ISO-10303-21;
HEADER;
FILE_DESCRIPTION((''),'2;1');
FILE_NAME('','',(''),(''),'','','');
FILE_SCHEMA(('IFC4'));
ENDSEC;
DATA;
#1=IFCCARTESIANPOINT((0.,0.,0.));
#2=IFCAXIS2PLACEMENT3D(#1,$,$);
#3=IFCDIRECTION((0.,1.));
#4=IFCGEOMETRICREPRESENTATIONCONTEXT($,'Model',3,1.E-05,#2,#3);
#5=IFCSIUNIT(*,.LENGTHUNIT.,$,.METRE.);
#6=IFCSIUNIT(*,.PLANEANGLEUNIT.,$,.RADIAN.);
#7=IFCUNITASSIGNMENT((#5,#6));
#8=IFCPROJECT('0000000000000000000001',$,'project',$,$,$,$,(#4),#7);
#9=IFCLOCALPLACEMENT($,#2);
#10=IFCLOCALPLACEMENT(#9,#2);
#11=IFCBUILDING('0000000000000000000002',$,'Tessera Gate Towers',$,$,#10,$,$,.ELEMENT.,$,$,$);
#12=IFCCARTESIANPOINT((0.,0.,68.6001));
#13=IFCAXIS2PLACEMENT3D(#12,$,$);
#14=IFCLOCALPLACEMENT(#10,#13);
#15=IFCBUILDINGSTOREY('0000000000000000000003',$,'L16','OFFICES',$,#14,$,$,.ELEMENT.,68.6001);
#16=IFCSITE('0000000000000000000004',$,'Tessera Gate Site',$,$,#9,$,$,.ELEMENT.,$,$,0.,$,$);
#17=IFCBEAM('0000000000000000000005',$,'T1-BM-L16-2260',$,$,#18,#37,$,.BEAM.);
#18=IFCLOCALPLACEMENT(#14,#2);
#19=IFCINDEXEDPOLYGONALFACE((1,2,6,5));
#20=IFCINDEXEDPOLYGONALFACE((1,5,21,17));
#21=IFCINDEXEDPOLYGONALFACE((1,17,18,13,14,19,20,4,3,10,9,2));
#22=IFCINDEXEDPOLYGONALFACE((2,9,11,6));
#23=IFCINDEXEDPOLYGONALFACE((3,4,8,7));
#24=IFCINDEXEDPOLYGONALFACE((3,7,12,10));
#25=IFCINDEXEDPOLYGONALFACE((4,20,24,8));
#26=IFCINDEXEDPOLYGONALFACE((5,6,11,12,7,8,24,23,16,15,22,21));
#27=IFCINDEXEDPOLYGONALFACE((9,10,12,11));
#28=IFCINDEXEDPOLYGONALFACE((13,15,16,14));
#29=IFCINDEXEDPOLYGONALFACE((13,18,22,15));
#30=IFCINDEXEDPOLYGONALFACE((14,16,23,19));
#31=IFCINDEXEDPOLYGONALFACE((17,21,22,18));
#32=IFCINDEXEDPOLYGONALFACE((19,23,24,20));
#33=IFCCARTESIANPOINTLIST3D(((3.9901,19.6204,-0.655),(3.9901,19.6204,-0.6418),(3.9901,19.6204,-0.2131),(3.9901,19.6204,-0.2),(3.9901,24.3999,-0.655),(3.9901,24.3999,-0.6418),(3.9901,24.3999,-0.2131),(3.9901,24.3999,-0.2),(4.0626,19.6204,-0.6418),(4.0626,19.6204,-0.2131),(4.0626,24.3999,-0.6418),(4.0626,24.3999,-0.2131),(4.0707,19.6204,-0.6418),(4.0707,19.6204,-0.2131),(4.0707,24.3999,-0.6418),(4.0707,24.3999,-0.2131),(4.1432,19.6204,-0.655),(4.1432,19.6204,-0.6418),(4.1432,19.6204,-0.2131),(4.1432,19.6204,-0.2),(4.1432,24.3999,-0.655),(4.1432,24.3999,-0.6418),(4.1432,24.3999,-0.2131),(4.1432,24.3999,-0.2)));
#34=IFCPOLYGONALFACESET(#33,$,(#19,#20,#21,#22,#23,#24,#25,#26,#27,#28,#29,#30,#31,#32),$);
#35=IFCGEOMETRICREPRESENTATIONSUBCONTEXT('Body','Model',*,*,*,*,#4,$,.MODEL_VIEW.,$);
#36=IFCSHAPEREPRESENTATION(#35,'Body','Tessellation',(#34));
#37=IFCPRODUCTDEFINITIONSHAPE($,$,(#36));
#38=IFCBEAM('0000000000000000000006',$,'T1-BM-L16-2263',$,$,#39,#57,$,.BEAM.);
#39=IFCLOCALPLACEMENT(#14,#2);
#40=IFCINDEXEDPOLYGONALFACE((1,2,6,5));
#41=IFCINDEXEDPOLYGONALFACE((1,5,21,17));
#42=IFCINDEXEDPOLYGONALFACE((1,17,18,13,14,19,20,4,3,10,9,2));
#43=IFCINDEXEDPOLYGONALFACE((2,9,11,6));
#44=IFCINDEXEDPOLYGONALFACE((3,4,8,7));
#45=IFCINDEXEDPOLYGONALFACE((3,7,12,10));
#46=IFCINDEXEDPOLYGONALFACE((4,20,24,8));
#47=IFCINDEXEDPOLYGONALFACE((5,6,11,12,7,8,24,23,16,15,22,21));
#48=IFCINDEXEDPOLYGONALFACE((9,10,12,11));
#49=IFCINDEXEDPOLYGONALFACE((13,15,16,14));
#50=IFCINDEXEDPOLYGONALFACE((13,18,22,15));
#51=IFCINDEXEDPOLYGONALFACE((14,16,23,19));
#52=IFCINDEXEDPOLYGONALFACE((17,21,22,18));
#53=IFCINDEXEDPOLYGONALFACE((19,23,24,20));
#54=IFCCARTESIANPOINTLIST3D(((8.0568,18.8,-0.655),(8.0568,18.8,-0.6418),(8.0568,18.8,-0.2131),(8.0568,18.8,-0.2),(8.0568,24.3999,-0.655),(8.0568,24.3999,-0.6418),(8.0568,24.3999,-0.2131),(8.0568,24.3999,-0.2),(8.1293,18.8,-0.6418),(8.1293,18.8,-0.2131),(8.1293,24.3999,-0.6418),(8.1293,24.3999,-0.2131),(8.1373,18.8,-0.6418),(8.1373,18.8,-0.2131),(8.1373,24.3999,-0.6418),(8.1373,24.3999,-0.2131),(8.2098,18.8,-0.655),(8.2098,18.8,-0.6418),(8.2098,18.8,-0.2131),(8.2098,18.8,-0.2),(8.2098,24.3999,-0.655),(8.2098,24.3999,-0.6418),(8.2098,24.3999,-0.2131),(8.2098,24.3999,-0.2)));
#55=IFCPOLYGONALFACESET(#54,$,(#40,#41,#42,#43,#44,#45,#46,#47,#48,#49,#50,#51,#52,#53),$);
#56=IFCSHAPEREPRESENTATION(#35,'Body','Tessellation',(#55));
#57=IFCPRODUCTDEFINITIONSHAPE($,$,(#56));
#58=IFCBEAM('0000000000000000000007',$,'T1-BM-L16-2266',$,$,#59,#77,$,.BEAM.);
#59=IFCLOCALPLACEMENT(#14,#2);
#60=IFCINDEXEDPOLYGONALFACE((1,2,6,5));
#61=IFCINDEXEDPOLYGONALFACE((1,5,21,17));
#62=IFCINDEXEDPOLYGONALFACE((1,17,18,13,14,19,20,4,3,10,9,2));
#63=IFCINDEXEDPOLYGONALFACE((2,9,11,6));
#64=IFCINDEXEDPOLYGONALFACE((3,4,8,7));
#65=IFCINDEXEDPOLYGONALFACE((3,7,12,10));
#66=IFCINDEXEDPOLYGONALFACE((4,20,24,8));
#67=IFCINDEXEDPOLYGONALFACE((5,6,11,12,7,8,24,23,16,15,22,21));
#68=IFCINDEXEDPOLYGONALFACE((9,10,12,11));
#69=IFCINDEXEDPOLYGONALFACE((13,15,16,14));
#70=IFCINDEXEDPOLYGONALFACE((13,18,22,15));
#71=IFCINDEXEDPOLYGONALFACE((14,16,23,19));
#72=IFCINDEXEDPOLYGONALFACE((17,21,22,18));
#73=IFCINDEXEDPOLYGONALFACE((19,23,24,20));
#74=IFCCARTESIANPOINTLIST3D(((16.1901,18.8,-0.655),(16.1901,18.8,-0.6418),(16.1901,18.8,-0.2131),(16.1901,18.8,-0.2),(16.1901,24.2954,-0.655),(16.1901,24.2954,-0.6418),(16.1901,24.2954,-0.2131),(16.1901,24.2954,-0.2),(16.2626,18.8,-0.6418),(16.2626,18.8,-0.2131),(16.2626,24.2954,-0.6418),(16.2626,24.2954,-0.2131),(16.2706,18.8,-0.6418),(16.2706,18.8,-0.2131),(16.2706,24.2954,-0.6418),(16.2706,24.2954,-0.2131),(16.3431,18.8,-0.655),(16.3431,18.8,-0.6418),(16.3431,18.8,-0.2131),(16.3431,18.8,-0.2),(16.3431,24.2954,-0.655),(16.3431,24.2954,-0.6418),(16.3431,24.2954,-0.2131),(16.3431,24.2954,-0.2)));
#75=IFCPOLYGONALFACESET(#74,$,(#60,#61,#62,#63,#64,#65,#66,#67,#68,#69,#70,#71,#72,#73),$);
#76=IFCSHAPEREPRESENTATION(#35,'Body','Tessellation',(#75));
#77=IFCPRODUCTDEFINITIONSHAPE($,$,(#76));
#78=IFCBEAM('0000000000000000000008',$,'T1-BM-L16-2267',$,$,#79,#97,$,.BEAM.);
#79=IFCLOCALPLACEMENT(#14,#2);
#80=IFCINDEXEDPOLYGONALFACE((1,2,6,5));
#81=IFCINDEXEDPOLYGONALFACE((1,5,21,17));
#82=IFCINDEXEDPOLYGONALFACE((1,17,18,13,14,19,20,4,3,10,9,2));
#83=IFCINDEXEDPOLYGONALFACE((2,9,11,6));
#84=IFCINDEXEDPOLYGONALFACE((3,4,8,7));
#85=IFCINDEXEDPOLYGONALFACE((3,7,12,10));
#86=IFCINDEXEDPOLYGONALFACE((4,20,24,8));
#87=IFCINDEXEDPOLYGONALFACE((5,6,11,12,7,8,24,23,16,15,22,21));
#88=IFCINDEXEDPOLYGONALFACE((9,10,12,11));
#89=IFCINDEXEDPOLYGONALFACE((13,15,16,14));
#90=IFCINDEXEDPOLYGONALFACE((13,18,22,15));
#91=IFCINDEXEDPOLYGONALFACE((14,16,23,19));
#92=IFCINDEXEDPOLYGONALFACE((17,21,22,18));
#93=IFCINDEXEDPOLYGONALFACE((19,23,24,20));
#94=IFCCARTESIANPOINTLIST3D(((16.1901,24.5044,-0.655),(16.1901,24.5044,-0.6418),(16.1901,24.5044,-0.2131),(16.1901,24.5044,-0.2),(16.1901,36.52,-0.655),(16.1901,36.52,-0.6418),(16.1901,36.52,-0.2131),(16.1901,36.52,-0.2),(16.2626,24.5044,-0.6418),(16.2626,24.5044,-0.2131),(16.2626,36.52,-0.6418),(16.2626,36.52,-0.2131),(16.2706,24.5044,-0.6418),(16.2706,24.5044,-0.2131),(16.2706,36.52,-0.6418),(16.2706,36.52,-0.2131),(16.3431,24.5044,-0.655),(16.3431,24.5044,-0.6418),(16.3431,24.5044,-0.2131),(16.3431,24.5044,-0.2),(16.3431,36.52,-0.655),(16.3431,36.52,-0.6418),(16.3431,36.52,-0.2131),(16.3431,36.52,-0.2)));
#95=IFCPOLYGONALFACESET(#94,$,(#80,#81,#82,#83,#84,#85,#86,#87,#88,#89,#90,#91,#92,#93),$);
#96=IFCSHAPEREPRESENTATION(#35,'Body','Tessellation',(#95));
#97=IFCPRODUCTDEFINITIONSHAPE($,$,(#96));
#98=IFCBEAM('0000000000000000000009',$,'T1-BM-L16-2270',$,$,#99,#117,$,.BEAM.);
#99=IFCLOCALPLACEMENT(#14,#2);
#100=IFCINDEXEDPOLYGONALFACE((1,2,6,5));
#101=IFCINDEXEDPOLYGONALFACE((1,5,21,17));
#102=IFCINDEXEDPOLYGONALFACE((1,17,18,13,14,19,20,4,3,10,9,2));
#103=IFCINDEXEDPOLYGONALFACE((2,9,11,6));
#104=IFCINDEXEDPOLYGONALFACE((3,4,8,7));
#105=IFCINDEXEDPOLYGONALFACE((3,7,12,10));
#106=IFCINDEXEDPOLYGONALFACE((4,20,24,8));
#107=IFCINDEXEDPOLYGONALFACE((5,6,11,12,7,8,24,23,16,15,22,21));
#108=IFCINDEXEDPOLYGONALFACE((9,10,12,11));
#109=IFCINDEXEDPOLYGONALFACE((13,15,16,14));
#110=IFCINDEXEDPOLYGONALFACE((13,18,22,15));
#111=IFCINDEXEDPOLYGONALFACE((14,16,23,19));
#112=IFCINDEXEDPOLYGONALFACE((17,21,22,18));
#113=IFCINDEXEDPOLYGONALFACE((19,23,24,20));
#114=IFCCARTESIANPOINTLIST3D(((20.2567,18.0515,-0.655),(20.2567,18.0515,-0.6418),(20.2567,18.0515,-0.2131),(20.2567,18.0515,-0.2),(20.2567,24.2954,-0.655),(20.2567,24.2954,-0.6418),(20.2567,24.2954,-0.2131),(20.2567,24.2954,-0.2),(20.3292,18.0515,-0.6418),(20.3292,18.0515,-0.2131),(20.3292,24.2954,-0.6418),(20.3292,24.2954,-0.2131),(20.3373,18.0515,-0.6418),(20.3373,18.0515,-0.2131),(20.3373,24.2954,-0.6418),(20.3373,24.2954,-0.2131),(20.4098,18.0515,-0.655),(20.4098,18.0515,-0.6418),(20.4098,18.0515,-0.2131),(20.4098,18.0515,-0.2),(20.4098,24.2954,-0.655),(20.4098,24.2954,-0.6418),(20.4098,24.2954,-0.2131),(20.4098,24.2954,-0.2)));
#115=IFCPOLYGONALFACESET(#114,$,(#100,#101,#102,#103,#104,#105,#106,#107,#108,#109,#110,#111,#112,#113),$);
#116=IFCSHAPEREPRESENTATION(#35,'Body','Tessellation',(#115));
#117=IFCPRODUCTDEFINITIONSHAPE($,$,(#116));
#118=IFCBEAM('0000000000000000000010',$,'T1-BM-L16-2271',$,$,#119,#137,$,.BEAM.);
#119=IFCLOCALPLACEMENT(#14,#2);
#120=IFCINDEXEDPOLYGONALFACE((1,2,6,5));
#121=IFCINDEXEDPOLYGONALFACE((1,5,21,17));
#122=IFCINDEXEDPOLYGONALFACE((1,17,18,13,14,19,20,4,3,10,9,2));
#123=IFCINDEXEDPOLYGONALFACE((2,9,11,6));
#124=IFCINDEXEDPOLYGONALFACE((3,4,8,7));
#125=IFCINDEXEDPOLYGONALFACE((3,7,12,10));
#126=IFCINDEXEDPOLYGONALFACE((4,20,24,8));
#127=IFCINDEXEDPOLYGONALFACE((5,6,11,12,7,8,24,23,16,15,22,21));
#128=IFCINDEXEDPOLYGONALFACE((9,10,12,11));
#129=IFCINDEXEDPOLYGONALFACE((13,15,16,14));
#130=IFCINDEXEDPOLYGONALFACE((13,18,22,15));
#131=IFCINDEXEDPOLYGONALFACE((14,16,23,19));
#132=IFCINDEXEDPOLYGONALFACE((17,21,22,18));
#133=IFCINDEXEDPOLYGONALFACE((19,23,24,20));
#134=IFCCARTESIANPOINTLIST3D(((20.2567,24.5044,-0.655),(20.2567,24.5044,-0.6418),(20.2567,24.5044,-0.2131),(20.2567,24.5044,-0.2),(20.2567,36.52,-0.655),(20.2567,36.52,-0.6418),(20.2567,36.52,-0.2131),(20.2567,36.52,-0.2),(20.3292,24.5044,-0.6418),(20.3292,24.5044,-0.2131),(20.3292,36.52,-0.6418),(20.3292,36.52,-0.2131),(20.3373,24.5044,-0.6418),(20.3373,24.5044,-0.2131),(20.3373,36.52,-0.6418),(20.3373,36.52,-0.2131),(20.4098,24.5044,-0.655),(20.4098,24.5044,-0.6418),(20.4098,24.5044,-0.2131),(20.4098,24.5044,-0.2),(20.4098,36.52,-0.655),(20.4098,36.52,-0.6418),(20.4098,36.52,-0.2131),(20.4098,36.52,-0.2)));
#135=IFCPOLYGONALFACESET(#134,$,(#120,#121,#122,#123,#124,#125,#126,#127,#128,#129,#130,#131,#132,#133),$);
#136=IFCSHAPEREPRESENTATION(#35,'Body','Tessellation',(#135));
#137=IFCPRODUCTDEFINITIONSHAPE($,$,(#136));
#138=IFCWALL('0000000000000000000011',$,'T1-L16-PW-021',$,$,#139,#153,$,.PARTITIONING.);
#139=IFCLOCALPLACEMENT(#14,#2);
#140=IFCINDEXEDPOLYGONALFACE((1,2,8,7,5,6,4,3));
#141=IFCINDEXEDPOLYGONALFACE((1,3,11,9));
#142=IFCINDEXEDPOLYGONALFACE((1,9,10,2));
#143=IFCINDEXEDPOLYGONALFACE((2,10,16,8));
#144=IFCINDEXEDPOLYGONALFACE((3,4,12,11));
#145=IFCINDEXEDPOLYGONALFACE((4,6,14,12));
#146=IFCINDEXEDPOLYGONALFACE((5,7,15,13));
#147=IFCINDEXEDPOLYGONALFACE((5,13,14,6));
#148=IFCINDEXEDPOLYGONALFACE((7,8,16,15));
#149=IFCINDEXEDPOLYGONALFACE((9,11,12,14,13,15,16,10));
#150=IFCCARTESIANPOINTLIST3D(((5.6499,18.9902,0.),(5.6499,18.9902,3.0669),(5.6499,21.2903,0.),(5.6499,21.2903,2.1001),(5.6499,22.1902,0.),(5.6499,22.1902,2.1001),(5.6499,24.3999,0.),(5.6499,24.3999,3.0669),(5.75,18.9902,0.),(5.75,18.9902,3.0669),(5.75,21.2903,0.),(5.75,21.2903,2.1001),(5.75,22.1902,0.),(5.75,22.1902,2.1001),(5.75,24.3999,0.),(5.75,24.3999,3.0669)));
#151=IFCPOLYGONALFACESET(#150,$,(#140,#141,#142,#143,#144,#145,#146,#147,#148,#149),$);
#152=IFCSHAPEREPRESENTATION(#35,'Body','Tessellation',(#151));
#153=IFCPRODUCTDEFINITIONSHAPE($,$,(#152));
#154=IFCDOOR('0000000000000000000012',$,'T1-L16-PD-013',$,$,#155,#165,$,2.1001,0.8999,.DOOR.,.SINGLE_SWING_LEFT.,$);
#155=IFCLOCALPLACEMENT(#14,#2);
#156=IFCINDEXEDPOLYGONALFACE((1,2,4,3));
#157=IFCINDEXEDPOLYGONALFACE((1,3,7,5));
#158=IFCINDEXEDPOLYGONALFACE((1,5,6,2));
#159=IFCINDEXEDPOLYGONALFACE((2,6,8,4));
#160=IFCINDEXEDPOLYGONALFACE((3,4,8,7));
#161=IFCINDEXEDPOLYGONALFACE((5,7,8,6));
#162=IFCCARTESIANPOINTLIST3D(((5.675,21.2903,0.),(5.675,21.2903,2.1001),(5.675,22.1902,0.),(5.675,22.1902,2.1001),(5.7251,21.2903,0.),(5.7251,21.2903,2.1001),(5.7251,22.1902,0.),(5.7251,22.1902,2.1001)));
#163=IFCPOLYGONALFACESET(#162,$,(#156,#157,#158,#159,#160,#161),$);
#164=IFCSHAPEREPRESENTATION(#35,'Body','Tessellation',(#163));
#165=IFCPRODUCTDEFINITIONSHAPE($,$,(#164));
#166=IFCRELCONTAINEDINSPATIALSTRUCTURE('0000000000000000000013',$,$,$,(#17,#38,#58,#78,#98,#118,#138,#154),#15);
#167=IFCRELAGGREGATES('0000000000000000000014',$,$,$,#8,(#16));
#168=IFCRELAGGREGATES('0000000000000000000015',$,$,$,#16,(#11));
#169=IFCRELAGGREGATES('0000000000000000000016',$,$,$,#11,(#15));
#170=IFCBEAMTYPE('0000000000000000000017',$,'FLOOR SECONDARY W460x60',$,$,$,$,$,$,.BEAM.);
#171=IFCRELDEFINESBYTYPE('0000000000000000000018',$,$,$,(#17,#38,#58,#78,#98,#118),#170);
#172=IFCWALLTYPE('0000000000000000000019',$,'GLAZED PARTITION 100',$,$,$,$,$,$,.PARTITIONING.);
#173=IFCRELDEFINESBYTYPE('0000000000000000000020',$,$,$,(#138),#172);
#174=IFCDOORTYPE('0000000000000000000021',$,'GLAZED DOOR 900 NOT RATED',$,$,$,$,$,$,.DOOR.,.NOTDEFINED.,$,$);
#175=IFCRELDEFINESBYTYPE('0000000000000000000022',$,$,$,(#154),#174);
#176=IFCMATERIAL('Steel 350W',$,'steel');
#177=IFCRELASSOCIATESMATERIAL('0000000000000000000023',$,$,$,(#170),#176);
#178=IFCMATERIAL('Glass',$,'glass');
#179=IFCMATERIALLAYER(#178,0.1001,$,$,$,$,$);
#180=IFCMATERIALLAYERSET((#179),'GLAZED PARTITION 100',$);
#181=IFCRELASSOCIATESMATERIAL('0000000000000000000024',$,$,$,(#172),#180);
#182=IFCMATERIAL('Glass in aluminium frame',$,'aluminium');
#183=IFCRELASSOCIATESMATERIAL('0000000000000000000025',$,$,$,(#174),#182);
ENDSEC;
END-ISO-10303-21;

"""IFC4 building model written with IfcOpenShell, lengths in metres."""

from ifc_helpers import new_model, si_unit, direction, frame, frame_2d, origin, origin_2d, place, context, subcontext, project, spatial, rectangle, i_section, extrude, source, transform, mapped, material, layer, layer_set, material_profile, profile_set, type_object, element, fill, save


model = new_model("IFC4")

# Units and contexts
model_context = context("Model", 3, precision=1e-05, world=origin(), true_north=direction((0.0, 1.0)))
body_context = subcontext(model_context, "Body", "Model", "MODEL_VIEW")
ifc_project = project(units=[si_unit("LENGTHUNIT", "METRE"), si_unit("PLANEANGLEUNIT", "RADIAN")], contexts=[model_context])

# Site, building, storey
site_placement = place(None, origin())
site = spatial("IfcSite", under=ifc_project, at=site_placement, Name="Tessera Gate Site", CompositionType="ELEMENT", RefElevation=0.0)
building_placement = place(site_placement, origin())
building = spatial("IfcBuilding", under=site, at=building_placement, Name="Tessera Gate Towers", CompositionType="ELEMENT")
storey_placement = place(building_placement, frame((0.0, 0.0, 68.6001)))
storey = spatial("IfcBuildingStorey", under=building, at=storey_placement, Name="L16", Description="OFFICES", CompositionType="ELEMENT", Elevation=68.6001)

# Beams
ifc_material_1 = material(Name="Steel 350W", Category="steel")
ifc_material_profile_1 = material_profile(ifc_material_1, i_section(OverallWidth=0.1531, OverallDepth=0.4551, WebThickness=0.0081, FlangeThickness=0.0132, at=origin_2d()), Name="W460x60")
ifc_profile_set_1 = profile_set([ifc_material_profile_1], Name="Steel 350W")
beam_type_1 = type_object("IfcBeamType", Name="FLOOR SECONDARY W460x60", PredefinedType="BEAM", material=ifc_profile_set_1)
beam_1_placement = place(storey_placement, frame((4.0667, 19.6204, -0.4275), z_axis=(0.0, 1.0, 0.0), x_axis=(-1.0, 0.0, 0.0)))
element("IfcBeam", 1, at=beam_1_placement, inside=storey, type_object=beam_type_1, Name="T1-BM-L16-2260", PredefinedType="BEAM", context=body_context, shape_type="SweptSolid", body=[
    extrude(i_section(OverallWidth=0.1531, OverallDepth=0.4551, WebThickness=0.0081, FlangeThickness=0.0132, at=origin_2d()), origin(), (0.0, 0.0, 1.0), 4.7795),
])
beam_2_placement = place(storey_placement, frame((8.1333, 18.8, -0.4275), z_axis=(0.0, 1.0, 0.0), x_axis=(-1.0, 0.0, 0.0)))
element("IfcBeam", 2, at=beam_2_placement, inside=storey, type_object=beam_type_1, Name="T1-BM-L16-2263", PredefinedType="BEAM", context=body_context, shape_type="SweptSolid", body=[
    extrude(i_section(OverallWidth=0.1531, OverallDepth=0.4551, WebThickness=0.0081, FlangeThickness=0.0132, at=origin_2d()), origin(), (0.0, 0.0, 1.0), 5.5999),
])
beam_3_placement = place(storey_placement, frame((16.2666, 18.8, -0.4275), z_axis=(0.0, 1.0, 0.0), x_axis=(-1.0, 0.0, 0.0)))
element("IfcBeam", 3, at=beam_3_placement, inside=storey, type_object=beam_type_1, Name="T1-BM-L16-2266", PredefinedType="BEAM", context=body_context, shape_type="SweptSolid", body=[
    extrude(i_section(OverallWidth=0.1531, OverallDepth=0.4551, WebThickness=0.0081, FlangeThickness=0.0132, at=origin_2d()), origin(), (0.0, 0.0, 1.0), 5.4954),
])
beam_4_placement = place(storey_placement, frame((16.2666, 24.5044, -0.4275), z_axis=(0.0, 1.0, 0.0), x_axis=(-1.0, 0.0, 0.0)))
element("IfcBeam", 4, at=beam_4_placement, inside=storey, type_object=beam_type_1, Name="T1-BM-L16-2267", PredefinedType="BEAM", context=body_context, shape_type="SweptSolid", body=[
    extrude(i_section(OverallWidth=0.1531, OverallDepth=0.4551, WebThickness=0.0081, FlangeThickness=0.0132, at=origin_2d()), origin(), (0.0, 0.0, 1.0), 12.0156),
])
beam_5_placement = place(storey_placement, frame((20.3333, 18.0515, -0.4275), z_axis=(0.0, 1.0, 0.0), x_axis=(-1.0, 0.0, 0.0)))
element("IfcBeam", 5, at=beam_5_placement, inside=storey, type_object=beam_type_1, Name="T1-BM-L16-2270", PredefinedType="BEAM", context=body_context, shape_type="SweptSolid", body=[
    extrude(i_section(OverallWidth=0.1531, OverallDepth=0.4551, WebThickness=0.0081, FlangeThickness=0.0132, at=origin_2d()), origin(), (0.0, 0.0, 1.0), 6.2439),
])
beam_6_placement = place(storey_placement, frame((20.3333, 24.5044, -0.4275), z_axis=(0.0, 1.0, 0.0), x_axis=(-1.0, 0.0, 0.0)))
element("IfcBeam", 6, at=beam_6_placement, inside=storey, type_object=beam_type_1, Name="T1-BM-L16-2271", PredefinedType="BEAM", context=body_context, shape_type="SweptSolid", body=[
    extrude(i_section(OverallWidth=0.1531, OverallDepth=0.4551, WebThickness=0.0081, FlangeThickness=0.0132, at=origin_2d()), origin(), (0.0, 0.0, 1.0), 12.0156),
])

# Wall, opening, door
ifc_material_2 = material(Name="Glass", Category="glass")
ifc_layer_1 = layer(ifc_material_2, 0.1001)
ifc_layer_set_1 = layer_set([ifc_layer_1], Name="GLAZED PARTITION 100")
wall_type_1 = type_object("IfcWallType", Name="GLAZED PARTITION 100", PredefinedType="PARTITIONING", material=ifc_layer_set_1)
wall_1_placement = place(storey_placement, frame((5.7, 18.9902, 0.0), z_axis=(0.0, 0.0, 1.0), x_axis=(0.0, 1.0, 0.0)))
wall_1 = element("IfcWall", 7, at=wall_1_placement, inside=storey, type_object=wall_type_1, Name="T1-L16-PW-021", PredefinedType="PARTITIONING", context=body_context, shape_type="SweptSolid", body=[
    extrude(rectangle(XDim=5.4097, YDim=0.1001, at=frame_2d((2.7048, 0.0))), origin(), (0.0, 0.0, 1.0), 3.0669),
])
shared_shape_1 = source(origin(), body_context, "Body", "SweptSolid", [
    extrude(rectangle(XDim=0.8999, YDim=2.1001, at=frame_2d((0.45, 1.05))), frame((0.0, 0.0601, 0.0), z_axis=(0.0, -1.0, 0.0), x_axis=(1.0, 0.0, 0.0)), (0.0, 0.0, 1.0), 0.1201),
])
opening_1_placement = place(wall_1_placement, frame((2.3, 0.0, 0.0)))
opening_1 = element("IfcOpeningElement", 8, at=opening_1_placement, cuts=wall_1, PredefinedType="OPENING", context=body_context, shape_type="MappedRepresentation", body=[
    mapped(shared_shape_1, transform((0.0, 0.0, 0.0), scale=1.0)),
])
ifc_material_3 = material(Name="Glass in aluminium frame", Category="aluminium")
door_type_1 = type_object("IfcDoorType", Name="GLAZED DOOR 900 NOT RATED", OperationType="NOTDEFINED", PredefinedType="DOOR", material=ifc_material_3)
shared_shape_2 = source(origin(), body_context, "Body", "SweptSolid", [
    extrude(rectangle(XDim=0.8999, YDim=2.1001, at=frame_2d((0.45, 1.05))), frame((0.0, 0.0249, 0.0), z_axis=(0.0, -1.0, 0.0), x_axis=(1.0, 0.0, 0.0)), (0.0, 0.0, 1.0), 0.05),
])
door_1_placement = place(opening_1_placement, origin())
door_1 = element("IfcDoor", 9, at=door_1_placement, inside=storey, type_object=door_type_1, Name="T1-L16-PD-013", OperationType="SINGLE_SWING_LEFT", OverallHeight=2.1001, OverallWidth=0.8999, PredefinedType="DOOR", context=body_context, shape_type="MappedRepresentation", body=[
    mapped(shared_shape_2, transform((0.0, 0.0, 0.0), scale=1.0)),
])
fill(opening_1, door_1)

save(model, "model.ifc")
